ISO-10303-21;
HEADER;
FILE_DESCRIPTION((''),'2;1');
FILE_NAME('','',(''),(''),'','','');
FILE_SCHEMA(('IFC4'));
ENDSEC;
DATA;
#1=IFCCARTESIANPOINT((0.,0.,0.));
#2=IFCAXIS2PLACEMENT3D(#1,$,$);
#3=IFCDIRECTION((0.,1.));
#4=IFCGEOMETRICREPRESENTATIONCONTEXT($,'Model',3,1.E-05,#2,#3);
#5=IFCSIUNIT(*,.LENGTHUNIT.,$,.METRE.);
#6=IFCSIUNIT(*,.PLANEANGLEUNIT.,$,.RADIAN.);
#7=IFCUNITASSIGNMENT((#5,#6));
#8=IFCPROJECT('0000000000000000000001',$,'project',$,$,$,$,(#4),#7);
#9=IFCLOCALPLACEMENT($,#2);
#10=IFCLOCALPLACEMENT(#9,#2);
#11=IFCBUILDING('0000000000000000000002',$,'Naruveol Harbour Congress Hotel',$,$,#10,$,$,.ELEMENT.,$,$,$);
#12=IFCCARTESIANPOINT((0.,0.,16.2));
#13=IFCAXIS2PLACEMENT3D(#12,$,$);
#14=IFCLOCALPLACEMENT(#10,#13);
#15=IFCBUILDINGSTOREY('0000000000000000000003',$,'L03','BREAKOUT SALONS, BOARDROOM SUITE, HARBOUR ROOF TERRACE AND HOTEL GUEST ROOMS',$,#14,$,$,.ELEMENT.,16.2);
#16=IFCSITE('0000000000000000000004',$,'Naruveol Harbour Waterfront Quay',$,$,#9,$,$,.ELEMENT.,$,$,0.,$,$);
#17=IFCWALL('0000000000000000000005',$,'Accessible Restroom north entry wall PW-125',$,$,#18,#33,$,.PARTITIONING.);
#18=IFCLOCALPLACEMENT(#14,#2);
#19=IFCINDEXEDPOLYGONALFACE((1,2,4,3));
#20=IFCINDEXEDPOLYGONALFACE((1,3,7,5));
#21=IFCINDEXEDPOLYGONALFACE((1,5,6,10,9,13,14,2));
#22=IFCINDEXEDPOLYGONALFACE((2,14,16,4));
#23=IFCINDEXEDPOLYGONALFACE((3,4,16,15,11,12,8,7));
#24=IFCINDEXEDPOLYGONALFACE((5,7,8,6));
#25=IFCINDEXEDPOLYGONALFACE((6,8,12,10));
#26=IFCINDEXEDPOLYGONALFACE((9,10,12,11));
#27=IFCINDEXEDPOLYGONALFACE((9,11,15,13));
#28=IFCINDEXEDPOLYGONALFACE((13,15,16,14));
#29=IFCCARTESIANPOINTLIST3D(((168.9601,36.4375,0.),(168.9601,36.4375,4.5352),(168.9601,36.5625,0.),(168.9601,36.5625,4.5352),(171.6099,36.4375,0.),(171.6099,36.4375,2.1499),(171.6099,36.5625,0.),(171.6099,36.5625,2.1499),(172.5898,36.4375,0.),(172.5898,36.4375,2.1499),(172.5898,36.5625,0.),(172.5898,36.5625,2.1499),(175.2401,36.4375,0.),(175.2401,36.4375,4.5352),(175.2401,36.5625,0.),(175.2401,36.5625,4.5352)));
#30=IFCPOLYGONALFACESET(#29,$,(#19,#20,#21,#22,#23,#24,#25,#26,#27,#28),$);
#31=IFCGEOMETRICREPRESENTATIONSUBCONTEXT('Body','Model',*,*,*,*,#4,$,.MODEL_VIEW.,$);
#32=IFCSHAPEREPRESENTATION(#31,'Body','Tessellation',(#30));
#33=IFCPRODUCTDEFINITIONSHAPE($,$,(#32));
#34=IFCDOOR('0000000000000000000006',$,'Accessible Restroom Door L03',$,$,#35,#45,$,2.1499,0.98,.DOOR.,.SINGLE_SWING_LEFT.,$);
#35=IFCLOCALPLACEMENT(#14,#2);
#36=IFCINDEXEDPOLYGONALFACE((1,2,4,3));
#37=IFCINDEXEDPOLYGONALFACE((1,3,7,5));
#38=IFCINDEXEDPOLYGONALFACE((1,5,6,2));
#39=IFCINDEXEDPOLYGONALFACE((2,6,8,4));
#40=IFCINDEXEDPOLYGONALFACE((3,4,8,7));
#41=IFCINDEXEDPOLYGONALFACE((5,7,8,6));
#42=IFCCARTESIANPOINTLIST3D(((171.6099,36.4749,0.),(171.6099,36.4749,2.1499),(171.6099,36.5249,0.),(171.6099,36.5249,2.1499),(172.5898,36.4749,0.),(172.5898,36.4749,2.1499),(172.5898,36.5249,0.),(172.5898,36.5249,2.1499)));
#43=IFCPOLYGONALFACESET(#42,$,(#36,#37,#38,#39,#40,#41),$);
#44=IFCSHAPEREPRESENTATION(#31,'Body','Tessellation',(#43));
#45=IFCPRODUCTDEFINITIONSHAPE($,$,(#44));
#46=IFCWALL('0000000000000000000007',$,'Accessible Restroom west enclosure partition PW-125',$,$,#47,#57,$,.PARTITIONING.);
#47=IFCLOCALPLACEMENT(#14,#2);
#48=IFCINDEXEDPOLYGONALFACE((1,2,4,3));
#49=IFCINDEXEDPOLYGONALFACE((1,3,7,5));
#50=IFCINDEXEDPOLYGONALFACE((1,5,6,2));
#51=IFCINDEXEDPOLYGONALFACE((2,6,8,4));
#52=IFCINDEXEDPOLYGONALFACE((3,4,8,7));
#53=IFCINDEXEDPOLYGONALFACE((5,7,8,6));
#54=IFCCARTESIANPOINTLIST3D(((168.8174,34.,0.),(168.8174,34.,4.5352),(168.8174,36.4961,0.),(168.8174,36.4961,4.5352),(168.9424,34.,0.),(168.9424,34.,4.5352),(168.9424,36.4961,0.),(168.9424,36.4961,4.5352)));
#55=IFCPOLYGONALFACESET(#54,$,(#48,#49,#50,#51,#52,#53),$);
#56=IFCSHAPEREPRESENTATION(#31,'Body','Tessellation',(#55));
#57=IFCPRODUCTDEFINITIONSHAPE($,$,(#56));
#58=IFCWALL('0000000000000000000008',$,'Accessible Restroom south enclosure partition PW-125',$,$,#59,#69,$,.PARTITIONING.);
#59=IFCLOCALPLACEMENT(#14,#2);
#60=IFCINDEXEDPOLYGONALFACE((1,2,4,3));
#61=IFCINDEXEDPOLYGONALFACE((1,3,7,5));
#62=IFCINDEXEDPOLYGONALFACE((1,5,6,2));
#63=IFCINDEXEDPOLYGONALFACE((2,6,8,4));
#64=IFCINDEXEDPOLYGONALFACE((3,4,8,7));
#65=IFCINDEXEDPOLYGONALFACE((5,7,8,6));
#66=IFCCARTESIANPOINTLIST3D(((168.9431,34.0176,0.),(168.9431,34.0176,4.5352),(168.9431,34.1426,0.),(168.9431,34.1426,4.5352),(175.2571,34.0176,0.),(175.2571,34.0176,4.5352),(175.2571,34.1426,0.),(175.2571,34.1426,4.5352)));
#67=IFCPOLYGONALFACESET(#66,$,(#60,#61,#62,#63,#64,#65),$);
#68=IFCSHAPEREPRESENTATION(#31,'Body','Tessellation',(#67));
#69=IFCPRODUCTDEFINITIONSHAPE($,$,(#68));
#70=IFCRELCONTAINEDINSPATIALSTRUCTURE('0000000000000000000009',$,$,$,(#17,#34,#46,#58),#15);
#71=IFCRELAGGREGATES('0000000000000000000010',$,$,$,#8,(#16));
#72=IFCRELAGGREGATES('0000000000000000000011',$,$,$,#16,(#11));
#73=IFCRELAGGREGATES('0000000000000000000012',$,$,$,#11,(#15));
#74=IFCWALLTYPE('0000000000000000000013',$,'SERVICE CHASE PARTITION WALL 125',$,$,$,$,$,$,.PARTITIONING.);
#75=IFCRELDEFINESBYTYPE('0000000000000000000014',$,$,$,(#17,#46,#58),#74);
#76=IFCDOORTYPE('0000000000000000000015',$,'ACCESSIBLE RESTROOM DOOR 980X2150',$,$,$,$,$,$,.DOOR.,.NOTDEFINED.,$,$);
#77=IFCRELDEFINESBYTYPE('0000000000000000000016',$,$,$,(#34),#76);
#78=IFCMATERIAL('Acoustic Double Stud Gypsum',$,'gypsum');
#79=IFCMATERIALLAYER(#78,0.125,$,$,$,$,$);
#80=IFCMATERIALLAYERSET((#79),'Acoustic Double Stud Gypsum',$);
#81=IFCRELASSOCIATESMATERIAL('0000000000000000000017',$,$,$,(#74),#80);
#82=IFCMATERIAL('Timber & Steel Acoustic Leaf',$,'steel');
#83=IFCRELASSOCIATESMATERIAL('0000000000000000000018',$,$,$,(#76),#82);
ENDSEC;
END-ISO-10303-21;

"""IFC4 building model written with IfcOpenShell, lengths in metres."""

from ifc_helpers import new_model, si_unit, direction, frame, frame_2d, origin, place, context, subcontext, project, spatial, rectangle, extrude, material, layer, layer_set, type_object, element, fill, save


model = new_model("IFC4")

# Units and contexts
model_context = context("Model", 3, precision=1e-05, world=origin(), true_north=direction((0.0, 1.0)))
body_context = subcontext(model_context, "Body", "Model", "MODEL_VIEW")
ifc_project = project(units=[si_unit("LENGTHUNIT", "METRE"), si_unit("PLANEANGLEUNIT", "RADIAN")], contexts=[model_context])

# Site, building, storey
site_placement = place(None, origin())
site = spatial("IfcSite", under=ifc_project, at=site_placement, Name="Naruveol Harbour Waterfront Quay", CompositionType="ELEMENT", RefElevation=0.0)
building_placement = place(site_placement, origin())
building = spatial("IfcBuilding", under=site, at=building_placement, Name="Naruveol Harbour Congress Hotel", CompositionType="ELEMENT")
storey_placement = place(building_placement, frame((0.0, 0.0, 16.2)))
storey = spatial("IfcBuildingStorey", under=building, at=storey_placement, Name="L03", Description="BREAKOUT SALONS, BOARDROOM SUITE, HARBOUR ROOF TERRACE AND HOTEL GUEST ROOMS", CompositionType="ELEMENT", Elevation=16.2)

# Wall, opening, door
ifc_material_1 = material(Name="Acoustic Double Stud Gypsum", Category="gypsum")
ifc_layer_1 = layer(ifc_material_1, 0.125)
ifc_layer_set_1 = layer_set([ifc_layer_1], Name="Acoustic Double Stud Gypsum")
wall_type_1 = type_object("IfcWallType", Name="SERVICE CHASE PARTITION WALL 125", PredefinedType="PARTITIONING", material=ifc_layer_set_1)
wall_1_placement = place(storey_placement, frame((168.96, 36.5, 0.0), z_axis=(0.0, 0.0, 1.0), x_axis=(1.0, 0.0, 0.0)))
wall_1 = element("IfcWall", 1, at=wall_1_placement, inside=storey, type_object=wall_type_1, Name="Accessible Restroom north entry wall PW-125", PredefinedType="PARTITIONING", context=body_context, shape_type="SweptSolid", body=[
    extrude(rectangle(XDim=6.28, YDim=0.125, at=frame_2d((3.1401, 0.0))), origin(), (0.0, 0.0, 1.0), 4.5352),
])
opening_1_placement = place(wall_1_placement, frame((2.6499, 0.0, 0.0)))
opening_1 = element("IfcOpeningElement", 2, at=opening_1_placement, cuts=wall_1, PredefinedType="OPENING", context=body_context, shape_type="SweptSolid", body=[
    extrude(rectangle(XDim=0.98, YDim=2.1499, at=frame_2d((0.49, 1.075))), frame((0.0, 0.0725, 0.0), z_axis=(0.0, -1.0, 0.0), x_axis=(1.0, 0.0, 0.0)), (0.0, 0.0, 1.0), 0.145),
])
ifc_material_2 = material(Name="Timber & Steel Acoustic Leaf", Category="steel")
door_type_1 = type_object("IfcDoorType", Name="ACCESSIBLE RESTROOM DOOR 980X2150", OperationType="NOTDEFINED", PredefinedType="DOOR", material=ifc_material_2)
door_1_placement = place(opening_1_placement, origin())
door_1 = element("IfcDoor", 3, at=door_1_placement, inside=storey, type_object=door_type_1, Name="Accessible Restroom Door L03", OperationType="SINGLE_SWING_LEFT", OverallHeight=2.1499, OverallWidth=0.98, PredefinedType="DOOR", context=body_context, shape_type="SweptSolid", body=[
    extrude(rectangle(XDim=0.98, YDim=2.1499, at=frame_2d((0.49, 1.075))), frame((0.0, 0.0249, 0.0), z_axis=(0.0, -1.0, 0.0), x_axis=(1.0, 0.0, 0.0)), (0.0, 0.0, 1.0), 0.05),
])
fill(opening_1, door_1)

# Walls
wall_2_placement = place(storey_placement, frame((168.8799, 34.0, 0.0), z_axis=(0.0, 0.0, 1.0), x_axis=(0.0, 1.0, 0.0)))
element("IfcWall", 4, at=wall_2_placement, inside=storey, type_object=wall_type_1, Name="Accessible Restroom west enclosure partition PW-125", PredefinedType="PARTITIONING", context=body_context, shape_type="SweptSolid", body=[
    extrude(rectangle(XDim=2.4961, YDim=0.125, at=frame_2d((1.248, 0.0))), origin(), (0.0, 0.0, 1.0), 4.5352),
])
wall_3_placement = place(storey_placement, frame((168.9431, 34.0801, 0.0), z_axis=(0.0, 0.0, 1.0), x_axis=(1.0, 0.0, 0.0)))
element("IfcWall", 5, at=wall_3_placement, inside=storey, type_object=wall_type_1, Name="Accessible Restroom south enclosure partition PW-125", PredefinedType="PARTITIONING", context=body_context, shape_type="SweptSolid", body=[
    extrude(rectangle(XDim=6.314, YDim=0.125, at=frame_2d((3.157, 0.0))), origin(), (0.0, 0.0, 1.0), 4.5352),
])

save(model, "model.ifc")
